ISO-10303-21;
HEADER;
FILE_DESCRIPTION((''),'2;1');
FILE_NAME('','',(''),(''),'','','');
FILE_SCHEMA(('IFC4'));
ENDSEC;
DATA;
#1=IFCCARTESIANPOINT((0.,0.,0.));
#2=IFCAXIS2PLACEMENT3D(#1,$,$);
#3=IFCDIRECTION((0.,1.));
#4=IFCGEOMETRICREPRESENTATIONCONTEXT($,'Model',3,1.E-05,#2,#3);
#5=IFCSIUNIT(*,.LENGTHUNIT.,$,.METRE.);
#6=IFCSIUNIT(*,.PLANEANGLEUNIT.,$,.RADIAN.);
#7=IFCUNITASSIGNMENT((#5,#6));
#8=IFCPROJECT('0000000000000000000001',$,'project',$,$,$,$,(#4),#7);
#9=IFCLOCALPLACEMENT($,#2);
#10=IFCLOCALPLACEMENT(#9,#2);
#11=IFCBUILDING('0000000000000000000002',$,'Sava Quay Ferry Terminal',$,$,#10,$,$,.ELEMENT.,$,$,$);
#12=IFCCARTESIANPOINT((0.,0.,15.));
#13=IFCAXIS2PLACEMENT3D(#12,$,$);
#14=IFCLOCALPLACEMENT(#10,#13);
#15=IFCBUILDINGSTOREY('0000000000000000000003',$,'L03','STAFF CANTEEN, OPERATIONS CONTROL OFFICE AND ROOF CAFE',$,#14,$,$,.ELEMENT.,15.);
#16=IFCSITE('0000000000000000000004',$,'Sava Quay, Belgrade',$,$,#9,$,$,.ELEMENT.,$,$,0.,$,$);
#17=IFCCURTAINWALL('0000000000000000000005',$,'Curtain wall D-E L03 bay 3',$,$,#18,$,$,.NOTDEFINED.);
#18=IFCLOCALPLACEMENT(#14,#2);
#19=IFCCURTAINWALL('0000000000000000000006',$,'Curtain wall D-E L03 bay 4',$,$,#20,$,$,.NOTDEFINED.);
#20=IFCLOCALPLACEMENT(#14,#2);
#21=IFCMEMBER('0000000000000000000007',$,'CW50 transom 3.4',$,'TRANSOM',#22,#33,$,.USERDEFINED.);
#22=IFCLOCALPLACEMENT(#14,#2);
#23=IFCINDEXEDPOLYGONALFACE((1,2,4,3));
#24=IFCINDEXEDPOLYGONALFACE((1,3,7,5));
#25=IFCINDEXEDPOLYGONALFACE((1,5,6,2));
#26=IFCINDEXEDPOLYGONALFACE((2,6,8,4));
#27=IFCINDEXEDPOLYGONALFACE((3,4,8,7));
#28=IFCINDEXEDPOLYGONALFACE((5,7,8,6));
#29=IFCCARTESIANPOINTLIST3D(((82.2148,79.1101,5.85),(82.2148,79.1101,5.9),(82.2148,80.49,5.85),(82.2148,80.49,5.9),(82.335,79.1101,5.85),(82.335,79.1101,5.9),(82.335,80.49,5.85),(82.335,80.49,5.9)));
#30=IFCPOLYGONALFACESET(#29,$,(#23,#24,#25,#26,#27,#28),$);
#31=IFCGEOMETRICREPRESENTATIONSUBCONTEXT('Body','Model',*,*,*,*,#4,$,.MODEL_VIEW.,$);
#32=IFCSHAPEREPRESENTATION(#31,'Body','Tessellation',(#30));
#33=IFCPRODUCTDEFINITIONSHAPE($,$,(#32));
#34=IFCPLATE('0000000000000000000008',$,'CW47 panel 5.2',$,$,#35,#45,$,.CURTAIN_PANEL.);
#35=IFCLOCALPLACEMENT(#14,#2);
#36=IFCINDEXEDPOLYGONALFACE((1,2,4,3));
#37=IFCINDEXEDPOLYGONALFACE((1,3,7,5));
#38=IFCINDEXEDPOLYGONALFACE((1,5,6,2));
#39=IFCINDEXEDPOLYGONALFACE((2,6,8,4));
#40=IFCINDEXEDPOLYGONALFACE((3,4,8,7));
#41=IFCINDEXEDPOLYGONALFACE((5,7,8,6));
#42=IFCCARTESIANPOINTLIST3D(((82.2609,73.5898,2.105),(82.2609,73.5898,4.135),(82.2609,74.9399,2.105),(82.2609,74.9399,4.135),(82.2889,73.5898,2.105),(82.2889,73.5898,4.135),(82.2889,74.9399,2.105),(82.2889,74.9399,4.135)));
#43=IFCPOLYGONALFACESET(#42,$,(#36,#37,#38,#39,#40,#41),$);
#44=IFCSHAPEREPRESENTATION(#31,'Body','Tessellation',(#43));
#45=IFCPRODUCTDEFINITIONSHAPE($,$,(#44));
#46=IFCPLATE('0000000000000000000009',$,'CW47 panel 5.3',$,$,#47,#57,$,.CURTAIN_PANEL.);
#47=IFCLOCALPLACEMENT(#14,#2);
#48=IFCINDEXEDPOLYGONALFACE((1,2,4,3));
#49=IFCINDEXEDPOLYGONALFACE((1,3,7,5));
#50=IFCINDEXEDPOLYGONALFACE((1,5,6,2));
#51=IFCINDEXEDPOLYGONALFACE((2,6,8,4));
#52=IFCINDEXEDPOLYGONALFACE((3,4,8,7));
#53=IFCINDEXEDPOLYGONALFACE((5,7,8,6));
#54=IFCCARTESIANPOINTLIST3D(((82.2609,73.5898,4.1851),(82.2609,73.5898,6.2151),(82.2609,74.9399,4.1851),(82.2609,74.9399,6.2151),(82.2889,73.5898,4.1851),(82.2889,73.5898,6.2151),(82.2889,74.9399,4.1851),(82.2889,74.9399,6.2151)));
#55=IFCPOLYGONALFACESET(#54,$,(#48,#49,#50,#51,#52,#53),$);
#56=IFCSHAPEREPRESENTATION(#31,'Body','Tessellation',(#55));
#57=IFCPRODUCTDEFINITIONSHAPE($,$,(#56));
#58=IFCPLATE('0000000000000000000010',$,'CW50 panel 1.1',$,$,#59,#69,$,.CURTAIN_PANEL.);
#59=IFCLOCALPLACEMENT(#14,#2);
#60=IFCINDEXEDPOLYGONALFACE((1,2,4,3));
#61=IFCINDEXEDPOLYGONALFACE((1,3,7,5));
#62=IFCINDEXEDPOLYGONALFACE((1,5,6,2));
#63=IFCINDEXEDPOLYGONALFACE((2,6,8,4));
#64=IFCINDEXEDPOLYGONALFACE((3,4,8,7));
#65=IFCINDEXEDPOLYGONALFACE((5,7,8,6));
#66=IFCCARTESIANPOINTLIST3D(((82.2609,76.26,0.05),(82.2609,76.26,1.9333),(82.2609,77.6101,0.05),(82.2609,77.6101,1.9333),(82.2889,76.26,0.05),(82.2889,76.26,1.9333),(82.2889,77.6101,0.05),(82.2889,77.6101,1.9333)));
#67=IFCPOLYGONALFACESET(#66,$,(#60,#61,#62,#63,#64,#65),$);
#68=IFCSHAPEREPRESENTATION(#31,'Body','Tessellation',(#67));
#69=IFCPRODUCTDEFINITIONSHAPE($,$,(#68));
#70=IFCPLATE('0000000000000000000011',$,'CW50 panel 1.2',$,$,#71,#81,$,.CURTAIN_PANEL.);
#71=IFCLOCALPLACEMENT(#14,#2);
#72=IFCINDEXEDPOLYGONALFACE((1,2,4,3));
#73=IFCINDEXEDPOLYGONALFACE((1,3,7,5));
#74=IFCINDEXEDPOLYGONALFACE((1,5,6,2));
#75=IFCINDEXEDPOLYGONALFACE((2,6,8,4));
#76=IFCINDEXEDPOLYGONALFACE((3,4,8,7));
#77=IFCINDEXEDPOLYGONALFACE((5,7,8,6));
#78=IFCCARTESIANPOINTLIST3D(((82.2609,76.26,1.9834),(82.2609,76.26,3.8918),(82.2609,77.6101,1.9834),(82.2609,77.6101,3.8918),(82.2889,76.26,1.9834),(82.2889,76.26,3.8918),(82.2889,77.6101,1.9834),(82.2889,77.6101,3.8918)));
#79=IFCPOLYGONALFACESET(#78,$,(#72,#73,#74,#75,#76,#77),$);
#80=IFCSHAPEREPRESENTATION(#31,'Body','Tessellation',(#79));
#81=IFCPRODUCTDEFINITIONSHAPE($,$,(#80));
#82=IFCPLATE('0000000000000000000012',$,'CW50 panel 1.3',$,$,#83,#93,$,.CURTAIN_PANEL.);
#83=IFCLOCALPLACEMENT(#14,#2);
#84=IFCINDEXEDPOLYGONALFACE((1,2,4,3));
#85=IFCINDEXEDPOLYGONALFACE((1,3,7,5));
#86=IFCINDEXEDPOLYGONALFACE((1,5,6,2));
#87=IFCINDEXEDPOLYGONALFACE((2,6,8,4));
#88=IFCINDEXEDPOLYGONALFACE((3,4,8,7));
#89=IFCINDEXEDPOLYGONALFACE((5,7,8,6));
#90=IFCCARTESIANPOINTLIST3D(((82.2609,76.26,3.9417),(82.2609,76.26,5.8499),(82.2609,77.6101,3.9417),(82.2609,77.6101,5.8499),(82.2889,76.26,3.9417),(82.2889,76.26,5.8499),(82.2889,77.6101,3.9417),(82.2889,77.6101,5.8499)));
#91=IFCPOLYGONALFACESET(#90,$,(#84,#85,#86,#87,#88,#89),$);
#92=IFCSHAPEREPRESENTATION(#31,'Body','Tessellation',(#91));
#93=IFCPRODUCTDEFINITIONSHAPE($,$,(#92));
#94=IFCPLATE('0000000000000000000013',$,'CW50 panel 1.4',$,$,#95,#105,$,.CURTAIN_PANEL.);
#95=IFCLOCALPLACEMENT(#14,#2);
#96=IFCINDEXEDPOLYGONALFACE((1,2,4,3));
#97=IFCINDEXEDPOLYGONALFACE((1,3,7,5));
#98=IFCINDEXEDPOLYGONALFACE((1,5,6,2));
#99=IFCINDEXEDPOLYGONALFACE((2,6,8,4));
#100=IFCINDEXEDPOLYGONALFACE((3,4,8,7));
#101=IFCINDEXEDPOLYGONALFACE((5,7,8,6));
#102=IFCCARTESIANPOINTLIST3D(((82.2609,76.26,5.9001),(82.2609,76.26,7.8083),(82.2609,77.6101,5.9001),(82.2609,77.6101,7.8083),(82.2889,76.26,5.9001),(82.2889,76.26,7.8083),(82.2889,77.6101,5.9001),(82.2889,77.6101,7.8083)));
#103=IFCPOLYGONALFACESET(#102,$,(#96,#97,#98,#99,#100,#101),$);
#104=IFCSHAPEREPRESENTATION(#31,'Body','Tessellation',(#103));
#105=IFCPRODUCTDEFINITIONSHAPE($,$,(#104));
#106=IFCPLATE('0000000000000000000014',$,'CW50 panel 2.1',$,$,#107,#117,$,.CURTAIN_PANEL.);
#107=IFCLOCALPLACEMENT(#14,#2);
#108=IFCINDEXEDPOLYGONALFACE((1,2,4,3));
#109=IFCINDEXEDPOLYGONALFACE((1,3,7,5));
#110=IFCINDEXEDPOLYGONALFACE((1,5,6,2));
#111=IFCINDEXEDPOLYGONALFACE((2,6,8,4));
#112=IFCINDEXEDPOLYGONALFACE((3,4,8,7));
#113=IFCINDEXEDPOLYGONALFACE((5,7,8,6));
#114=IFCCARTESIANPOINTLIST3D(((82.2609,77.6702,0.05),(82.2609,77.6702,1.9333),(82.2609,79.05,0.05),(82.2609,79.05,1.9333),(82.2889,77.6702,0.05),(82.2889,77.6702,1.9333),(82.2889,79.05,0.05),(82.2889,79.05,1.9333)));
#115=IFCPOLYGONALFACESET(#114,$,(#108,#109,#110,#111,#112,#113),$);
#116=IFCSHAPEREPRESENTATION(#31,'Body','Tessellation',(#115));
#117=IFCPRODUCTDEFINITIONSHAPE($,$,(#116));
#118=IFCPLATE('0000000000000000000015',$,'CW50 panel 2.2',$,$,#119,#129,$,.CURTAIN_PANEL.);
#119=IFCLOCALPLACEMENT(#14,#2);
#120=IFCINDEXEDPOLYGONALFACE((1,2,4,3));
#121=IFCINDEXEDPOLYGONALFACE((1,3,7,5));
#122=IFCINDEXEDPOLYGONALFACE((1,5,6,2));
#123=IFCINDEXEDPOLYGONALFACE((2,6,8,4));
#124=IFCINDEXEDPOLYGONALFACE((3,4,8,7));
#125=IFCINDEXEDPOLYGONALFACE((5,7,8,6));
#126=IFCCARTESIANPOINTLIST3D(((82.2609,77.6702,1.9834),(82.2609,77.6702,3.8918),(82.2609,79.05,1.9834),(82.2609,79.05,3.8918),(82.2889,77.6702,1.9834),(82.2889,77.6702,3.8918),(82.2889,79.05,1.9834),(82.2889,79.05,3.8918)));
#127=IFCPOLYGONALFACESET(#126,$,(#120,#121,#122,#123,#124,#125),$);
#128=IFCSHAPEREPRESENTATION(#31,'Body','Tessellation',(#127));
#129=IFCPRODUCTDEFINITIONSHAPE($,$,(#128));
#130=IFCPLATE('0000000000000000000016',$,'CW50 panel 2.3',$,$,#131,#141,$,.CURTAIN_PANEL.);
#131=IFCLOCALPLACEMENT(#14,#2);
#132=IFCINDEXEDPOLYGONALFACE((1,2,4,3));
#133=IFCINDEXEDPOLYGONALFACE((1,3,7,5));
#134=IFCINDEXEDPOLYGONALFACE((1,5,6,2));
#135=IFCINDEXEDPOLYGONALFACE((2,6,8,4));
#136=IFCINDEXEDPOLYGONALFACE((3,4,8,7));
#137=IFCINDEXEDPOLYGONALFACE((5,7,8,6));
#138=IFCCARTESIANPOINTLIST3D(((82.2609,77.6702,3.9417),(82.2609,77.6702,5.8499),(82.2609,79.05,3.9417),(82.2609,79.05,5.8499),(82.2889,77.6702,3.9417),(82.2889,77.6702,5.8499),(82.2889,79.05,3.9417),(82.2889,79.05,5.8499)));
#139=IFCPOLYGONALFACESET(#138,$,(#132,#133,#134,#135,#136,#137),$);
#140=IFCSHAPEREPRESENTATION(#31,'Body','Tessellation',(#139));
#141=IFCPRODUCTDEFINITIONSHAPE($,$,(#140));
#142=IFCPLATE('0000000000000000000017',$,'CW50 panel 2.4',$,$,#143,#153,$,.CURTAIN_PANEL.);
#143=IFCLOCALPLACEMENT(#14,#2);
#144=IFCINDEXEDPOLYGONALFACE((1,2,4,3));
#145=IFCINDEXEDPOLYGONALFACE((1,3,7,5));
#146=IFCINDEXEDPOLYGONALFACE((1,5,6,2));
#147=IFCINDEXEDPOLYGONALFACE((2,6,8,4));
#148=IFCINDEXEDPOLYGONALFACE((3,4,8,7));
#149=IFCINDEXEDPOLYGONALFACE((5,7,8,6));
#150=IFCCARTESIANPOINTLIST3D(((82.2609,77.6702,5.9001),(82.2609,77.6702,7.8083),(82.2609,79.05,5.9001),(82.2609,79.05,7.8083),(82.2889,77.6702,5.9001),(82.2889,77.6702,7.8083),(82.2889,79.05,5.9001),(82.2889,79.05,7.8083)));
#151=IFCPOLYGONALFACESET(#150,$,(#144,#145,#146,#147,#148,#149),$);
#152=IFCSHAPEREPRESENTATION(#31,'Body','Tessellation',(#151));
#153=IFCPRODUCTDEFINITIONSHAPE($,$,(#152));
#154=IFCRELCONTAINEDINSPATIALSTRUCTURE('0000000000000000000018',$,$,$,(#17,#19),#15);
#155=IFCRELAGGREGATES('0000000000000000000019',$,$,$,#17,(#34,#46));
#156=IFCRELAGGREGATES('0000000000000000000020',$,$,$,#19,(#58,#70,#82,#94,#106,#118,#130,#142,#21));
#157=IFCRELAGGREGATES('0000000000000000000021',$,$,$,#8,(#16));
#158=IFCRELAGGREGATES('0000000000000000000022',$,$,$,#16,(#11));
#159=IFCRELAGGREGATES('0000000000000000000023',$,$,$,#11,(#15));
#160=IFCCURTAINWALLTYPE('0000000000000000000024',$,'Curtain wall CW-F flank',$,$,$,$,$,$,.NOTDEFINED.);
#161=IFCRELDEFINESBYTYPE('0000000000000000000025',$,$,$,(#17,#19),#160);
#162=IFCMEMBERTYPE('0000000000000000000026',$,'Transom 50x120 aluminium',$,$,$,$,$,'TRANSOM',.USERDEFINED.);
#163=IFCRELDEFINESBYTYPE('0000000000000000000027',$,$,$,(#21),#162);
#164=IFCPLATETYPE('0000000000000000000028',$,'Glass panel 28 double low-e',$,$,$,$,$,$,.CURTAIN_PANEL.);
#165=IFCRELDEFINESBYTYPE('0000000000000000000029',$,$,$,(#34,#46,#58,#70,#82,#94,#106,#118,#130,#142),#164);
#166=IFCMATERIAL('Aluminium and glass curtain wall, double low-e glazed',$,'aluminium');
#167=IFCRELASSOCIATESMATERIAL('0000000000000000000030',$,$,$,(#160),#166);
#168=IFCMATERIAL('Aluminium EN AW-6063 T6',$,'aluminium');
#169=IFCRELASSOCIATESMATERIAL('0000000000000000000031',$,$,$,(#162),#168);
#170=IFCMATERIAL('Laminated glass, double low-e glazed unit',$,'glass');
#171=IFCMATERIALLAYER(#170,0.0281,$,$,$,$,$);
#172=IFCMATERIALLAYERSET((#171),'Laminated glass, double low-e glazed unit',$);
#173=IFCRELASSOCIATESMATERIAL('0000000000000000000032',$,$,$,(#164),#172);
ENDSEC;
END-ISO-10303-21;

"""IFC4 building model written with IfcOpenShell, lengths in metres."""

from ifc_helpers import new_model, si_unit, direction, frame, origin, origin_2d, place, context, subcontext, project, spatial, rectangle, extrude, material, layer, layer_set, material_profile, profile_set, type_object, element, aggregate, save


model = new_model("IFC4")

# Units and contexts
model_context = context("Model", 3, precision=1e-05, world=origin(), true_north=direction((0.0, 1.0)))
body_context = subcontext(model_context, "Body", "Model", "MODEL_VIEW")
ifc_project = project(units=[si_unit("LENGTHUNIT", "METRE"), si_unit("PLANEANGLEUNIT", "RADIAN")], contexts=[model_context])

# Site, building, storey
site_placement = place(None, origin())
site = spatial("IfcSite", under=ifc_project, at=site_placement, Name="Sava Quay, Belgrade", CompositionType="ELEMENT", RefElevation=0.0)
building_placement = place(site_placement, origin())
building = spatial("IfcBuilding", under=site, at=building_placement, Name="Sava Quay Ferry Terminal", CompositionType="ELEMENT")
storey_placement = place(building_placement, frame((0.0, 0.0, 15.0)))
storey = spatial("IfcBuildingStorey", under=building, at=storey_placement, Name="L03", Description="STAFF CANTEEN, OPERATIONS CONTROL OFFICE AND ROOF CAFE", CompositionType="ELEMENT", Elevation=15.0)

# Curtain wall
ifc_material_1 = material(Name="Aluminium and glass curtain wall, double low-e glazed", Category="aluminium")
curtain_wall_type = type_object("IfcCurtainWallType", Name="Curtain wall CW-F flank", PredefinedType="NOTDEFINED", material=ifc_material_1)
curtain_wall_1_placement = place(storey_placement, origin())
curtain_wall_1 = element("IfcCurtainWall", 1, at=curtain_wall_1_placement, inside=storey, type_object=curtain_wall_type, Name="Curtain wall D-E L03 bay 3", PredefinedType="NOTDEFINED")

# Curtain wall, member
curtain_wall_2_placement = place(storey_placement, origin())
curtain_wall_2 = element("IfcCurtainWall", 2, at=curtain_wall_2_placement, inside=storey, type_object=curtain_wall_type, Name="Curtain wall D-E L03 bay 4", PredefinedType="NOTDEFINED")
ifc_material_2 = material(Name="Aluminium EN AW-6063 T6", Category="aluminium")
ifc_material_profile_1 = material_profile(ifc_material_2, rectangle(XDim=0.1201, YDim=0.05, at=origin_2d()), Name="Transom 50x120 aluminium")
ifc_profile_set_1 = profile_set([ifc_material_profile_1], Name="Aluminium EN AW-6063 T6")
member_type_1 = type_object("IfcMemberType", Name="Transom 50x120 aluminium", ElementType="TRANSOM", PredefinedType="USERDEFINED", material=ifc_profile_set_1)
member_1_placement = place(storey_placement, frame((82.2749, 79.1101, 5.875), z_axis=(0.0, 1.0, 0.0), x_axis=(-1.0, 0.0, 0.0)))
member_1 = element("IfcMember", 3, at=member_1_placement, type_object=member_type_1, Name="CW50 transom 3.4", ObjectType="TRANSOM", PredefinedType="USERDEFINED", context=body_context, shape_type="SweptSolid", body=[
    extrude(rectangle(XDim=0.1201, YDim=0.05, at=origin_2d()), origin(), (0.0, 0.0, 1.0), 1.3799),
])

# Plates
ifc_material_3 = material(Name="Laminated glass, double low-e glazed unit", Category="glass")
ifc_layer = layer(ifc_material_3, 0.0281)
ifc_layer_set = layer_set([ifc_layer], Name="Laminated glass, double low-e glazed unit")
plate_type = type_object("IfcPlateType", Name="Glass panel 28 double low-e", PredefinedType="CURTAIN_PANEL", material=ifc_layer_set)
plate_1_placement = place(storey_placement, frame((82.2749, 74.2649, 2.105), z_axis=(0.0, 0.0, 1.0), x_axis=(0.0, 1.0, 0.0)))
plate_1 = element("IfcPlate", 4, at=plate_1_placement, type_object=plate_type, Name="CW47 panel 5.2", PredefinedType="CURTAIN_PANEL", context=body_context, shape_type="SweptSolid", body=[
    extrude(rectangle(XDim=1.3501, YDim=0.0281, at=origin_2d()), origin(), (0.0, 0.0, 1.0), 2.03),
])
plate_2_placement = place(storey_placement, frame((82.2749, 74.2649, 4.1851), z_axis=(0.0, 0.0, 1.0), x_axis=(0.0, 1.0, 0.0)))
plate_2 = element("IfcPlate", 5, at=plate_2_placement, type_object=plate_type, Name="CW47 panel 5.3", PredefinedType="CURTAIN_PANEL", context=body_context, shape_type="SweptSolid", body=[
    extrude(rectangle(XDim=1.3501, YDim=0.0281, at=origin_2d()), origin(), (0.0, 0.0, 1.0), 2.03),
])
aggregate(curtain_wall_1, [plate_1, plate_2])
plate_3_placement = place(storey_placement, frame((82.2749, 76.9351, 0.05), z_axis=(0.0, 0.0, 1.0), x_axis=(0.0, 1.0, 0.0)))
plate_3 = element("IfcPlate", 6, at=plate_3_placement, type_object=plate_type, Name="CW50 panel 1.1", PredefinedType="CURTAIN_PANEL", context=body_context, shape_type="SweptSolid", body=[
    extrude(rectangle(XDim=1.3501, YDim=0.0281, at=origin_2d()), origin(), (0.0, 0.0, 1.0), 1.8833),
])
plate_4_placement = place(storey_placement, frame((82.2749, 76.9351, 1.9834), z_axis=(0.0, 0.0, 1.0), x_axis=(0.0, 1.0, 0.0)))
plate_4 = element("IfcPlate", 7, at=plate_4_placement, type_object=plate_type, Name="CW50 panel 1.2", PredefinedType="CURTAIN_PANEL", context=body_context, shape_type="SweptSolid", body=[
    extrude(rectangle(XDim=1.3501, YDim=0.0281, at=origin_2d()), origin(), (0.0, 0.0, 1.0), 1.9084),
])
plate_5_placement = place(storey_placement, frame((82.2749, 76.9351, 3.9417), z_axis=(0.0, 0.0, 1.0), x_axis=(0.0, 1.0, 0.0)))
plate_5 = element("IfcPlate", 8, at=plate_5_placement, type_object=plate_type, Name="CW50 panel 1.3", PredefinedType="CURTAIN_PANEL", context=body_context, shape_type="SweptSolid", body=[
    extrude(rectangle(XDim=1.3501, YDim=0.0281, at=origin_2d()), origin(), (0.0, 0.0, 1.0), 1.9082),
])
plate_6_placement = place(storey_placement, frame((82.2749, 76.9351, 5.9001), z_axis=(0.0, 0.0, 1.0), x_axis=(0.0, 1.0, 0.0)))
plate_6 = element("IfcPlate", 9, at=plate_6_placement, type_object=plate_type, Name="CW50 panel 1.4", PredefinedType="CURTAIN_PANEL", context=body_context, shape_type="SweptSolid", body=[
    extrude(rectangle(XDim=1.3501, YDim=0.0281, at=origin_2d()), origin(), (0.0, 0.0, 1.0), 1.9082),
])
plate_7_placement = place(storey_placement, frame((82.2749, 78.3601, 0.05), z_axis=(0.0, 0.0, 1.0), x_axis=(0.0, 1.0, 0.0)))
plate_7 = element("IfcPlate", 10, at=plate_7_placement, type_object=plate_type, Name="CW50 panel 2.1", PredefinedType="CURTAIN_PANEL", context=body_context, shape_type="SweptSolid", body=[
    extrude(rectangle(XDim=1.3799, YDim=0.0281, at=origin_2d()), origin(), (0.0, 0.0, 1.0), 1.8833),
])
plate_8_placement = place(storey_placement, frame((82.2749, 78.3601, 1.9834), z_axis=(0.0, 0.0, 1.0), x_axis=(0.0, 1.0, 0.0)))
plate_8 = element("IfcPlate", 11, at=plate_8_placement, type_object=plate_type, Name="CW50 panel 2.2", PredefinedType="CURTAIN_PANEL", context=body_context, shape_type="SweptSolid", body=[
    extrude(rectangle(XDim=1.3799, YDim=0.0281, at=origin_2d()), origin(), (0.0, 0.0, 1.0), 1.9084),
])
plate_9_placement = place(storey_placement, frame((82.2749, 78.3601, 3.9417), z_axis=(0.0, 0.0, 1.0), x_axis=(0.0, 1.0, 0.0)))
plate_9 = element("IfcPlate", 12, at=plate_9_placement, type_object=plate_type, Name="CW50 panel 2.3", PredefinedType="CURTAIN_PANEL", context=body_context, shape_type="SweptSolid", body=[
    extrude(rectangle(XDim=1.3799, YDim=0.0281, at=origin_2d()), origin(), (0.0, 0.0, 1.0), 1.9082),
])
plate_10_placement = place(storey_placement, frame((82.2749, 78.3601, 5.9001), z_axis=(0.0, 0.0, 1.0), x_axis=(0.0, 1.0, 0.0)))
plate_10 = element("IfcPlate", 13, at=plate_10_placement, type_object=plate_type, Name="CW50 panel 2.4", PredefinedType="CURTAIN_PANEL", context=body_context, shape_type="SweptSolid", body=[
    extrude(rectangle(XDim=1.3799, YDim=0.0281, at=origin_2d()), origin(), (0.0, 0.0, 1.0), 1.9082),
])
aggregate(curtain_wall_2, [plate_3, plate_4, plate_5, plate_6, plate_7, plate_8, plate_9, plate_10, member_1])

save(model, "model.ifc")
